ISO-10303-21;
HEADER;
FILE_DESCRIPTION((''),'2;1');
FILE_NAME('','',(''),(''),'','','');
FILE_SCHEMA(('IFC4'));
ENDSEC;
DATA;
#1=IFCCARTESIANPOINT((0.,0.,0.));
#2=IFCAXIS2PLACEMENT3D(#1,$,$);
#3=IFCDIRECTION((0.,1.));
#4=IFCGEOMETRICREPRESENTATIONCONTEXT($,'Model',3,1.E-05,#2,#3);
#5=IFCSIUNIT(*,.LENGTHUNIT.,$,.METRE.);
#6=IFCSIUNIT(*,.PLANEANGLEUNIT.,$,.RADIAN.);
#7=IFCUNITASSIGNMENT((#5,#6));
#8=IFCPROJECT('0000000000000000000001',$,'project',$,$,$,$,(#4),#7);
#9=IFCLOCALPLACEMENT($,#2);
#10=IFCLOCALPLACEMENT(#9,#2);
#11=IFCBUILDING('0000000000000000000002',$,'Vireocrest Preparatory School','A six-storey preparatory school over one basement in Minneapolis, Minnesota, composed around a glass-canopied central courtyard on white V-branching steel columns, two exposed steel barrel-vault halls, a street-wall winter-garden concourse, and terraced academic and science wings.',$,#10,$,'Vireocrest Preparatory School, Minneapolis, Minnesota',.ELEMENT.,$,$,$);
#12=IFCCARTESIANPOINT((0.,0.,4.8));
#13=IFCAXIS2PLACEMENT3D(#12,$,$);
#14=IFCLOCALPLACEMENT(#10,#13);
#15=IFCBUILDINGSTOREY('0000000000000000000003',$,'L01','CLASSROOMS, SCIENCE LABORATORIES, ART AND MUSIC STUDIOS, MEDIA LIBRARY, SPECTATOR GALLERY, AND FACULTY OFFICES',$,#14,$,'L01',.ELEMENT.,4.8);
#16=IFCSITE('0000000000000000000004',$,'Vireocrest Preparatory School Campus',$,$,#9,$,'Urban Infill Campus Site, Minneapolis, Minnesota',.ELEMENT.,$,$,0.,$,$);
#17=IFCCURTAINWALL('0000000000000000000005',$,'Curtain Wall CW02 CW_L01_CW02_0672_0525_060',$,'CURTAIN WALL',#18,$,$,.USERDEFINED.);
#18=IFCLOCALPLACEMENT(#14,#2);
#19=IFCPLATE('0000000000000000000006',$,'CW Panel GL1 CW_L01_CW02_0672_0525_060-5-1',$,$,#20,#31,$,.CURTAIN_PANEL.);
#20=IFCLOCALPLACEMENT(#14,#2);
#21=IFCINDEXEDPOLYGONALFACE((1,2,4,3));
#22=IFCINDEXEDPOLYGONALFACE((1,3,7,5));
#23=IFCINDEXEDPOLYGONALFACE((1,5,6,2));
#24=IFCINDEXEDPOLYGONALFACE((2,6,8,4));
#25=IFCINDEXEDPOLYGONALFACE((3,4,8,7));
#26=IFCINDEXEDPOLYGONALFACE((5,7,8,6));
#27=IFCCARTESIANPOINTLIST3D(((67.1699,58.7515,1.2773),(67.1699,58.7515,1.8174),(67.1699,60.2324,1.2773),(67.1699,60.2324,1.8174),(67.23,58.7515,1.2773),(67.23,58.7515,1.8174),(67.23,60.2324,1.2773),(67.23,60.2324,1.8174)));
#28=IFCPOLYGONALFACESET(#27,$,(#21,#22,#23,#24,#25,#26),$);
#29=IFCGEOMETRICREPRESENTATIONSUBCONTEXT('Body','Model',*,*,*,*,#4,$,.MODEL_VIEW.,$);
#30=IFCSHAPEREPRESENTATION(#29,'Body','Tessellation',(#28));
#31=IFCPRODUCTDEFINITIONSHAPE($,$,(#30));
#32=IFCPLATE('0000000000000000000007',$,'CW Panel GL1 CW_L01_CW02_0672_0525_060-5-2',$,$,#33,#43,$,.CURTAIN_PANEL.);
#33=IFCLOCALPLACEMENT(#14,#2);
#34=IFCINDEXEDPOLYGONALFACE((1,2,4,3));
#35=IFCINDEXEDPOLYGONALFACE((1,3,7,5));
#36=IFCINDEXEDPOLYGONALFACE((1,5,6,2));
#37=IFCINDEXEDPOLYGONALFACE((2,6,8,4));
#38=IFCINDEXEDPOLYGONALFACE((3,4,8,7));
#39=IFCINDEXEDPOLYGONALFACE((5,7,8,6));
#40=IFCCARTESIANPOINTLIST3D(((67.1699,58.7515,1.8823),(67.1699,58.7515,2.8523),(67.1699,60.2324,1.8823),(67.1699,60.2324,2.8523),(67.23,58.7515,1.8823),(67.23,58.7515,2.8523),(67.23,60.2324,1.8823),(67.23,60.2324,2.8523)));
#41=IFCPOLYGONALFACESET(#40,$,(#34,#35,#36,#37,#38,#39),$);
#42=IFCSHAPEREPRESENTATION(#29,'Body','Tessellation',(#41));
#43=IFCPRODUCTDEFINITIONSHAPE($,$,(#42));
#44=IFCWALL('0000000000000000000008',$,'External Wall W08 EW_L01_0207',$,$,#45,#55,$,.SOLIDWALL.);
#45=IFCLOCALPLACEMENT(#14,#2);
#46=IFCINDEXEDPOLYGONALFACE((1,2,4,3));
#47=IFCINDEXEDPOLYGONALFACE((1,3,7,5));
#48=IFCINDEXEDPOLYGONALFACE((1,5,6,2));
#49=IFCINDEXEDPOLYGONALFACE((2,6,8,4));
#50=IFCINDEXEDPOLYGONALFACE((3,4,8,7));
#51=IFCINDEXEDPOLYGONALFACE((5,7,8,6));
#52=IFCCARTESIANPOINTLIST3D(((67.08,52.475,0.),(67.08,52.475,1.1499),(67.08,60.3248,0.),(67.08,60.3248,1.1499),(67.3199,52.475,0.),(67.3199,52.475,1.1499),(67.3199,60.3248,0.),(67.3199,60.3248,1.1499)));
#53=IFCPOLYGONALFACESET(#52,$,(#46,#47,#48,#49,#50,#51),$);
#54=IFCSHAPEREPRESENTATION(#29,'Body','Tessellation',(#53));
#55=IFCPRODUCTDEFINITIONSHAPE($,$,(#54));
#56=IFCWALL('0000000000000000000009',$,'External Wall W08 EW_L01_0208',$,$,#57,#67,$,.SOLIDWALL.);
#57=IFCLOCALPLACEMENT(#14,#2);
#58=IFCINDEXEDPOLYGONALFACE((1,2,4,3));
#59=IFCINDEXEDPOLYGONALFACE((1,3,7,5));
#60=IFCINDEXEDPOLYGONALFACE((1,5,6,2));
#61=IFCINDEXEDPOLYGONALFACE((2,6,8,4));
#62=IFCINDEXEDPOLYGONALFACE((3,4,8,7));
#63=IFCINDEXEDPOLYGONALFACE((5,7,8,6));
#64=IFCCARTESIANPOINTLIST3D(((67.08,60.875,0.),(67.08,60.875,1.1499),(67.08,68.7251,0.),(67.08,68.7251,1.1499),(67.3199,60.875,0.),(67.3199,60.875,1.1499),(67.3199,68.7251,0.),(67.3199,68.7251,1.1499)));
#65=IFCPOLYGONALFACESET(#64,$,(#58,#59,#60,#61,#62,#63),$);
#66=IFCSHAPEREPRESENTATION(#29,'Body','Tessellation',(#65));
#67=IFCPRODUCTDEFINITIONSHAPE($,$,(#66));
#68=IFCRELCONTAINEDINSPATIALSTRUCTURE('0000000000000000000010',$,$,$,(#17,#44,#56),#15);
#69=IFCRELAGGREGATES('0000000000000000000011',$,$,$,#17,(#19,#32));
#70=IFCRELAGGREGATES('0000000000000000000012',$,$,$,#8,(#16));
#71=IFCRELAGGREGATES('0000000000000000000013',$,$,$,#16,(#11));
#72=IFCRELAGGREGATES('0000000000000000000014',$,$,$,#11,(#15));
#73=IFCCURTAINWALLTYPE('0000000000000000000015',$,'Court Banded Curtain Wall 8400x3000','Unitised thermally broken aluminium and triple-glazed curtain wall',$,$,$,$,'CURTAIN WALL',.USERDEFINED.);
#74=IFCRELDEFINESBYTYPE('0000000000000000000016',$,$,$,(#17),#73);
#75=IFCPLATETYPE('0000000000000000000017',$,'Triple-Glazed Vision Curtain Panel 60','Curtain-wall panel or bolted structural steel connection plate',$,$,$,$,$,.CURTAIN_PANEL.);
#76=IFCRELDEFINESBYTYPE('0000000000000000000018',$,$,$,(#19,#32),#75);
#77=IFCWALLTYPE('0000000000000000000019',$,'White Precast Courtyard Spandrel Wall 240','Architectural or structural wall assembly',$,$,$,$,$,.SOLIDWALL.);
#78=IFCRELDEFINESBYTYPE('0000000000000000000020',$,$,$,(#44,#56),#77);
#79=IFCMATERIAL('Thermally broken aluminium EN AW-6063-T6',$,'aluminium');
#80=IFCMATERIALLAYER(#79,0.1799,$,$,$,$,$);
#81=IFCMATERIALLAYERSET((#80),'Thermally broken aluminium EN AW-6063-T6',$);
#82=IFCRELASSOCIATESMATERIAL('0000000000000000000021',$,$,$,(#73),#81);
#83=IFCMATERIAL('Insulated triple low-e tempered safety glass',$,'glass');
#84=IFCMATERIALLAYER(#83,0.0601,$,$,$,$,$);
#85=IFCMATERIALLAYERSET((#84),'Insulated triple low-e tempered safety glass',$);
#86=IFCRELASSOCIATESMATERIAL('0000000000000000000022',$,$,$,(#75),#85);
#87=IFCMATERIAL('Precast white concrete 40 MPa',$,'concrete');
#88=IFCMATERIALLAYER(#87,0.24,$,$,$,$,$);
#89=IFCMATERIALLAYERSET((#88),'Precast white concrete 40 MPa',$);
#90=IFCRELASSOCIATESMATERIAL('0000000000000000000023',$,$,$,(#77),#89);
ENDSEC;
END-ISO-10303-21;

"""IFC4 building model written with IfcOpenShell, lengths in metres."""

from ifc_helpers import new_model, si_unit, direction, frame, frame_2d, origin, origin_2d, place, context, subcontext, project, spatial, rectangle, extrude, material, layer, layer_set, type_object, element, aggregate, save


model = new_model("IFC4")

# Units and contexts
model_context = context("Model", 3, precision=1e-05, world=origin(), true_north=direction((0.0, 1.0)))
body_context = subcontext(model_context, "Body", "Model", "MODEL_VIEW")
ifc_project = project(units=[si_unit("LENGTHUNIT", "METRE"), si_unit("PLANEANGLEUNIT", "RADIAN")], contexts=[model_context])

# Site, building, storey
site_placement = place(None, origin())
site = spatial("IfcSite", under=ifc_project, at=site_placement, Name="Vireocrest Preparatory School Campus", LongName="Urban Infill Campus Site, Minneapolis, Minnesota", CompositionType="ELEMENT", RefElevation=0.0)
building_placement = place(site_placement, origin())
building = spatial("IfcBuilding", under=site, at=building_placement, Name="Vireocrest Preparatory School", Description="A six-storey preparatory school over one basement in Minneapolis, Minnesota, composed around a glass-canopied central courtyard on white V-branching steel columns, two exposed steel barrel-vault halls, a street-wall winter-garden concourse, and terraced academic and science wings.", LongName="Vireocrest Preparatory School, Minneapolis, Minnesota", CompositionType="ELEMENT")
storey_placement = place(building_placement, frame((0.0, 0.0, 4.8)))
storey = spatial("IfcBuildingStorey", under=building, at=storey_placement, Name="L01", Description="CLASSROOMS, SCIENCE LABORATORIES, ART AND MUSIC STUDIOS, MEDIA LIBRARY, SPECTATOR GALLERY, AND FACULTY OFFICES", LongName="L01", CompositionType="ELEMENT", Elevation=4.8)

# Curtain wall
ifc_material_1 = material(Name="Thermally broken aluminium EN AW-6063-T6", Category="aluminium")
ifc_layer_1 = layer(ifc_material_1, 0.1799)
ifc_layer_set_1 = layer_set([ifc_layer_1], Name="Thermally broken aluminium EN AW-6063-T6")
curtain_wall_type = type_object("IfcCurtainWallType", Name="Court Banded Curtain Wall 8400x3000", Description="Unitised thermally broken aluminium and triple-glazed curtain wall", ElementType="CURTAIN WALL", PredefinedType="USERDEFINED", material=ifc_layer_set_1)
curtain_wall_1_placement = place(storey_placement, origin())
curtain_wall_1 = element("IfcCurtainWall", 1, at=curtain_wall_1_placement, inside=storey, type_object=curtain_wall_type, Name="Curtain Wall CW02 CW_L01_CW02_0672_0525_060", ObjectType="CURTAIN WALL", PredefinedType="USERDEFINED")

# Plates
ifc_material_2 = material(Name="Insulated triple low-e tempered safety glass", Category="glass")
ifc_layer_2 = layer(ifc_material_2, 0.0601)
ifc_layer_set_2 = layer_set([ifc_layer_2], Name="Insulated triple low-e tempered safety glass")
plate_type = type_object("IfcPlateType", Name="Triple-Glazed Vision Curtain Panel 60", Description="Curtain-wall panel or bolted structural steel connection plate", PredefinedType="CURTAIN_PANEL", material=ifc_layer_set_2)
plate_1_placement = place(storey_placement, frame((67.2, 59.4919, 1.2773), z_axis=(0.0, 0.0, 1.0), x_axis=(0.0, 1.0, 0.0)))
plate_1 = element("IfcPlate", 2, at=plate_1_placement, type_object=plate_type, Name="CW Panel GL1 CW_L01_CW02_0672_0525_060-5-1", PredefinedType="CURTAIN_PANEL", context=body_context, shape_type="SweptSolid", body=[
    extrude(rectangle(XDim=1.481, YDim=0.0601, at=origin_2d()), origin(), (0.0, 0.0, 1.0), 0.54),
])
plate_2_placement = place(storey_placement, frame((67.2, 59.4919, 1.8823), z_axis=(0.0, 0.0, 1.0), x_axis=(0.0, 1.0, 0.0)))
plate_2 = element("IfcPlate", 3, at=plate_2_placement, type_object=plate_type, Name="CW Panel GL1 CW_L01_CW02_0672_0525_060-5-2", PredefinedType="CURTAIN_PANEL", context=body_context, shape_type="SweptSolid", body=[
    extrude(rectangle(XDim=1.481, YDim=0.0601, at=origin_2d()), origin(), (0.0, 0.0, 1.0), 0.97),
])
aggregate(curtain_wall_1, [plate_1, plate_2])

# Walls
ifc_material_3 = material(Name="Precast white concrete 40 MPa", Category="concrete")
ifc_layer_3 = layer(ifc_material_3, 0.24)
ifc_layer_set_3 = layer_set([ifc_layer_3], Name="Precast white concrete 40 MPa")
wall_type = type_object("IfcWallType", Name="White Precast Courtyard Spandrel Wall 240", Description="Architectural or structural wall assembly", PredefinedType="SOLIDWALL", material=ifc_layer_set_3)
wall_1_placement = place(storey_placement, frame((67.2, 52.4751, 0.0), z_axis=(0.0, 0.0, 1.0), x_axis=(0.0, 1.0, 0.0)))
element("IfcWall", 4, at=wall_1_placement, inside=storey, type_object=wall_type, Name="External Wall W08 EW_L01_0207", PredefinedType="SOLIDWALL", context=body_context, shape_type="SweptSolid", body=[
    extrude(rectangle(XDim=7.8499, YDim=0.24, at=frame_2d((3.9248, 0.0))), origin(), (0.0, 0.0, 1.0), 1.1499),
])
wall_2_placement = place(storey_placement, frame((67.2, 60.875, 0.0), z_axis=(0.0, 0.0, 1.0), x_axis=(0.0, 1.0, 0.0)))
element("IfcWall", 5, at=wall_2_placement, inside=storey, type_object=wall_type, Name="External Wall W08 EW_L01_0208", PredefinedType="SOLIDWALL", context=body_context, shape_type="SweptSolid", body=[
    extrude(rectangle(XDim=7.8501, YDim=0.24, at=frame_2d((3.925, 0.0))), origin(), (0.0, 0.0, 1.0), 1.1499),
])

save(model, "model.ifc")
